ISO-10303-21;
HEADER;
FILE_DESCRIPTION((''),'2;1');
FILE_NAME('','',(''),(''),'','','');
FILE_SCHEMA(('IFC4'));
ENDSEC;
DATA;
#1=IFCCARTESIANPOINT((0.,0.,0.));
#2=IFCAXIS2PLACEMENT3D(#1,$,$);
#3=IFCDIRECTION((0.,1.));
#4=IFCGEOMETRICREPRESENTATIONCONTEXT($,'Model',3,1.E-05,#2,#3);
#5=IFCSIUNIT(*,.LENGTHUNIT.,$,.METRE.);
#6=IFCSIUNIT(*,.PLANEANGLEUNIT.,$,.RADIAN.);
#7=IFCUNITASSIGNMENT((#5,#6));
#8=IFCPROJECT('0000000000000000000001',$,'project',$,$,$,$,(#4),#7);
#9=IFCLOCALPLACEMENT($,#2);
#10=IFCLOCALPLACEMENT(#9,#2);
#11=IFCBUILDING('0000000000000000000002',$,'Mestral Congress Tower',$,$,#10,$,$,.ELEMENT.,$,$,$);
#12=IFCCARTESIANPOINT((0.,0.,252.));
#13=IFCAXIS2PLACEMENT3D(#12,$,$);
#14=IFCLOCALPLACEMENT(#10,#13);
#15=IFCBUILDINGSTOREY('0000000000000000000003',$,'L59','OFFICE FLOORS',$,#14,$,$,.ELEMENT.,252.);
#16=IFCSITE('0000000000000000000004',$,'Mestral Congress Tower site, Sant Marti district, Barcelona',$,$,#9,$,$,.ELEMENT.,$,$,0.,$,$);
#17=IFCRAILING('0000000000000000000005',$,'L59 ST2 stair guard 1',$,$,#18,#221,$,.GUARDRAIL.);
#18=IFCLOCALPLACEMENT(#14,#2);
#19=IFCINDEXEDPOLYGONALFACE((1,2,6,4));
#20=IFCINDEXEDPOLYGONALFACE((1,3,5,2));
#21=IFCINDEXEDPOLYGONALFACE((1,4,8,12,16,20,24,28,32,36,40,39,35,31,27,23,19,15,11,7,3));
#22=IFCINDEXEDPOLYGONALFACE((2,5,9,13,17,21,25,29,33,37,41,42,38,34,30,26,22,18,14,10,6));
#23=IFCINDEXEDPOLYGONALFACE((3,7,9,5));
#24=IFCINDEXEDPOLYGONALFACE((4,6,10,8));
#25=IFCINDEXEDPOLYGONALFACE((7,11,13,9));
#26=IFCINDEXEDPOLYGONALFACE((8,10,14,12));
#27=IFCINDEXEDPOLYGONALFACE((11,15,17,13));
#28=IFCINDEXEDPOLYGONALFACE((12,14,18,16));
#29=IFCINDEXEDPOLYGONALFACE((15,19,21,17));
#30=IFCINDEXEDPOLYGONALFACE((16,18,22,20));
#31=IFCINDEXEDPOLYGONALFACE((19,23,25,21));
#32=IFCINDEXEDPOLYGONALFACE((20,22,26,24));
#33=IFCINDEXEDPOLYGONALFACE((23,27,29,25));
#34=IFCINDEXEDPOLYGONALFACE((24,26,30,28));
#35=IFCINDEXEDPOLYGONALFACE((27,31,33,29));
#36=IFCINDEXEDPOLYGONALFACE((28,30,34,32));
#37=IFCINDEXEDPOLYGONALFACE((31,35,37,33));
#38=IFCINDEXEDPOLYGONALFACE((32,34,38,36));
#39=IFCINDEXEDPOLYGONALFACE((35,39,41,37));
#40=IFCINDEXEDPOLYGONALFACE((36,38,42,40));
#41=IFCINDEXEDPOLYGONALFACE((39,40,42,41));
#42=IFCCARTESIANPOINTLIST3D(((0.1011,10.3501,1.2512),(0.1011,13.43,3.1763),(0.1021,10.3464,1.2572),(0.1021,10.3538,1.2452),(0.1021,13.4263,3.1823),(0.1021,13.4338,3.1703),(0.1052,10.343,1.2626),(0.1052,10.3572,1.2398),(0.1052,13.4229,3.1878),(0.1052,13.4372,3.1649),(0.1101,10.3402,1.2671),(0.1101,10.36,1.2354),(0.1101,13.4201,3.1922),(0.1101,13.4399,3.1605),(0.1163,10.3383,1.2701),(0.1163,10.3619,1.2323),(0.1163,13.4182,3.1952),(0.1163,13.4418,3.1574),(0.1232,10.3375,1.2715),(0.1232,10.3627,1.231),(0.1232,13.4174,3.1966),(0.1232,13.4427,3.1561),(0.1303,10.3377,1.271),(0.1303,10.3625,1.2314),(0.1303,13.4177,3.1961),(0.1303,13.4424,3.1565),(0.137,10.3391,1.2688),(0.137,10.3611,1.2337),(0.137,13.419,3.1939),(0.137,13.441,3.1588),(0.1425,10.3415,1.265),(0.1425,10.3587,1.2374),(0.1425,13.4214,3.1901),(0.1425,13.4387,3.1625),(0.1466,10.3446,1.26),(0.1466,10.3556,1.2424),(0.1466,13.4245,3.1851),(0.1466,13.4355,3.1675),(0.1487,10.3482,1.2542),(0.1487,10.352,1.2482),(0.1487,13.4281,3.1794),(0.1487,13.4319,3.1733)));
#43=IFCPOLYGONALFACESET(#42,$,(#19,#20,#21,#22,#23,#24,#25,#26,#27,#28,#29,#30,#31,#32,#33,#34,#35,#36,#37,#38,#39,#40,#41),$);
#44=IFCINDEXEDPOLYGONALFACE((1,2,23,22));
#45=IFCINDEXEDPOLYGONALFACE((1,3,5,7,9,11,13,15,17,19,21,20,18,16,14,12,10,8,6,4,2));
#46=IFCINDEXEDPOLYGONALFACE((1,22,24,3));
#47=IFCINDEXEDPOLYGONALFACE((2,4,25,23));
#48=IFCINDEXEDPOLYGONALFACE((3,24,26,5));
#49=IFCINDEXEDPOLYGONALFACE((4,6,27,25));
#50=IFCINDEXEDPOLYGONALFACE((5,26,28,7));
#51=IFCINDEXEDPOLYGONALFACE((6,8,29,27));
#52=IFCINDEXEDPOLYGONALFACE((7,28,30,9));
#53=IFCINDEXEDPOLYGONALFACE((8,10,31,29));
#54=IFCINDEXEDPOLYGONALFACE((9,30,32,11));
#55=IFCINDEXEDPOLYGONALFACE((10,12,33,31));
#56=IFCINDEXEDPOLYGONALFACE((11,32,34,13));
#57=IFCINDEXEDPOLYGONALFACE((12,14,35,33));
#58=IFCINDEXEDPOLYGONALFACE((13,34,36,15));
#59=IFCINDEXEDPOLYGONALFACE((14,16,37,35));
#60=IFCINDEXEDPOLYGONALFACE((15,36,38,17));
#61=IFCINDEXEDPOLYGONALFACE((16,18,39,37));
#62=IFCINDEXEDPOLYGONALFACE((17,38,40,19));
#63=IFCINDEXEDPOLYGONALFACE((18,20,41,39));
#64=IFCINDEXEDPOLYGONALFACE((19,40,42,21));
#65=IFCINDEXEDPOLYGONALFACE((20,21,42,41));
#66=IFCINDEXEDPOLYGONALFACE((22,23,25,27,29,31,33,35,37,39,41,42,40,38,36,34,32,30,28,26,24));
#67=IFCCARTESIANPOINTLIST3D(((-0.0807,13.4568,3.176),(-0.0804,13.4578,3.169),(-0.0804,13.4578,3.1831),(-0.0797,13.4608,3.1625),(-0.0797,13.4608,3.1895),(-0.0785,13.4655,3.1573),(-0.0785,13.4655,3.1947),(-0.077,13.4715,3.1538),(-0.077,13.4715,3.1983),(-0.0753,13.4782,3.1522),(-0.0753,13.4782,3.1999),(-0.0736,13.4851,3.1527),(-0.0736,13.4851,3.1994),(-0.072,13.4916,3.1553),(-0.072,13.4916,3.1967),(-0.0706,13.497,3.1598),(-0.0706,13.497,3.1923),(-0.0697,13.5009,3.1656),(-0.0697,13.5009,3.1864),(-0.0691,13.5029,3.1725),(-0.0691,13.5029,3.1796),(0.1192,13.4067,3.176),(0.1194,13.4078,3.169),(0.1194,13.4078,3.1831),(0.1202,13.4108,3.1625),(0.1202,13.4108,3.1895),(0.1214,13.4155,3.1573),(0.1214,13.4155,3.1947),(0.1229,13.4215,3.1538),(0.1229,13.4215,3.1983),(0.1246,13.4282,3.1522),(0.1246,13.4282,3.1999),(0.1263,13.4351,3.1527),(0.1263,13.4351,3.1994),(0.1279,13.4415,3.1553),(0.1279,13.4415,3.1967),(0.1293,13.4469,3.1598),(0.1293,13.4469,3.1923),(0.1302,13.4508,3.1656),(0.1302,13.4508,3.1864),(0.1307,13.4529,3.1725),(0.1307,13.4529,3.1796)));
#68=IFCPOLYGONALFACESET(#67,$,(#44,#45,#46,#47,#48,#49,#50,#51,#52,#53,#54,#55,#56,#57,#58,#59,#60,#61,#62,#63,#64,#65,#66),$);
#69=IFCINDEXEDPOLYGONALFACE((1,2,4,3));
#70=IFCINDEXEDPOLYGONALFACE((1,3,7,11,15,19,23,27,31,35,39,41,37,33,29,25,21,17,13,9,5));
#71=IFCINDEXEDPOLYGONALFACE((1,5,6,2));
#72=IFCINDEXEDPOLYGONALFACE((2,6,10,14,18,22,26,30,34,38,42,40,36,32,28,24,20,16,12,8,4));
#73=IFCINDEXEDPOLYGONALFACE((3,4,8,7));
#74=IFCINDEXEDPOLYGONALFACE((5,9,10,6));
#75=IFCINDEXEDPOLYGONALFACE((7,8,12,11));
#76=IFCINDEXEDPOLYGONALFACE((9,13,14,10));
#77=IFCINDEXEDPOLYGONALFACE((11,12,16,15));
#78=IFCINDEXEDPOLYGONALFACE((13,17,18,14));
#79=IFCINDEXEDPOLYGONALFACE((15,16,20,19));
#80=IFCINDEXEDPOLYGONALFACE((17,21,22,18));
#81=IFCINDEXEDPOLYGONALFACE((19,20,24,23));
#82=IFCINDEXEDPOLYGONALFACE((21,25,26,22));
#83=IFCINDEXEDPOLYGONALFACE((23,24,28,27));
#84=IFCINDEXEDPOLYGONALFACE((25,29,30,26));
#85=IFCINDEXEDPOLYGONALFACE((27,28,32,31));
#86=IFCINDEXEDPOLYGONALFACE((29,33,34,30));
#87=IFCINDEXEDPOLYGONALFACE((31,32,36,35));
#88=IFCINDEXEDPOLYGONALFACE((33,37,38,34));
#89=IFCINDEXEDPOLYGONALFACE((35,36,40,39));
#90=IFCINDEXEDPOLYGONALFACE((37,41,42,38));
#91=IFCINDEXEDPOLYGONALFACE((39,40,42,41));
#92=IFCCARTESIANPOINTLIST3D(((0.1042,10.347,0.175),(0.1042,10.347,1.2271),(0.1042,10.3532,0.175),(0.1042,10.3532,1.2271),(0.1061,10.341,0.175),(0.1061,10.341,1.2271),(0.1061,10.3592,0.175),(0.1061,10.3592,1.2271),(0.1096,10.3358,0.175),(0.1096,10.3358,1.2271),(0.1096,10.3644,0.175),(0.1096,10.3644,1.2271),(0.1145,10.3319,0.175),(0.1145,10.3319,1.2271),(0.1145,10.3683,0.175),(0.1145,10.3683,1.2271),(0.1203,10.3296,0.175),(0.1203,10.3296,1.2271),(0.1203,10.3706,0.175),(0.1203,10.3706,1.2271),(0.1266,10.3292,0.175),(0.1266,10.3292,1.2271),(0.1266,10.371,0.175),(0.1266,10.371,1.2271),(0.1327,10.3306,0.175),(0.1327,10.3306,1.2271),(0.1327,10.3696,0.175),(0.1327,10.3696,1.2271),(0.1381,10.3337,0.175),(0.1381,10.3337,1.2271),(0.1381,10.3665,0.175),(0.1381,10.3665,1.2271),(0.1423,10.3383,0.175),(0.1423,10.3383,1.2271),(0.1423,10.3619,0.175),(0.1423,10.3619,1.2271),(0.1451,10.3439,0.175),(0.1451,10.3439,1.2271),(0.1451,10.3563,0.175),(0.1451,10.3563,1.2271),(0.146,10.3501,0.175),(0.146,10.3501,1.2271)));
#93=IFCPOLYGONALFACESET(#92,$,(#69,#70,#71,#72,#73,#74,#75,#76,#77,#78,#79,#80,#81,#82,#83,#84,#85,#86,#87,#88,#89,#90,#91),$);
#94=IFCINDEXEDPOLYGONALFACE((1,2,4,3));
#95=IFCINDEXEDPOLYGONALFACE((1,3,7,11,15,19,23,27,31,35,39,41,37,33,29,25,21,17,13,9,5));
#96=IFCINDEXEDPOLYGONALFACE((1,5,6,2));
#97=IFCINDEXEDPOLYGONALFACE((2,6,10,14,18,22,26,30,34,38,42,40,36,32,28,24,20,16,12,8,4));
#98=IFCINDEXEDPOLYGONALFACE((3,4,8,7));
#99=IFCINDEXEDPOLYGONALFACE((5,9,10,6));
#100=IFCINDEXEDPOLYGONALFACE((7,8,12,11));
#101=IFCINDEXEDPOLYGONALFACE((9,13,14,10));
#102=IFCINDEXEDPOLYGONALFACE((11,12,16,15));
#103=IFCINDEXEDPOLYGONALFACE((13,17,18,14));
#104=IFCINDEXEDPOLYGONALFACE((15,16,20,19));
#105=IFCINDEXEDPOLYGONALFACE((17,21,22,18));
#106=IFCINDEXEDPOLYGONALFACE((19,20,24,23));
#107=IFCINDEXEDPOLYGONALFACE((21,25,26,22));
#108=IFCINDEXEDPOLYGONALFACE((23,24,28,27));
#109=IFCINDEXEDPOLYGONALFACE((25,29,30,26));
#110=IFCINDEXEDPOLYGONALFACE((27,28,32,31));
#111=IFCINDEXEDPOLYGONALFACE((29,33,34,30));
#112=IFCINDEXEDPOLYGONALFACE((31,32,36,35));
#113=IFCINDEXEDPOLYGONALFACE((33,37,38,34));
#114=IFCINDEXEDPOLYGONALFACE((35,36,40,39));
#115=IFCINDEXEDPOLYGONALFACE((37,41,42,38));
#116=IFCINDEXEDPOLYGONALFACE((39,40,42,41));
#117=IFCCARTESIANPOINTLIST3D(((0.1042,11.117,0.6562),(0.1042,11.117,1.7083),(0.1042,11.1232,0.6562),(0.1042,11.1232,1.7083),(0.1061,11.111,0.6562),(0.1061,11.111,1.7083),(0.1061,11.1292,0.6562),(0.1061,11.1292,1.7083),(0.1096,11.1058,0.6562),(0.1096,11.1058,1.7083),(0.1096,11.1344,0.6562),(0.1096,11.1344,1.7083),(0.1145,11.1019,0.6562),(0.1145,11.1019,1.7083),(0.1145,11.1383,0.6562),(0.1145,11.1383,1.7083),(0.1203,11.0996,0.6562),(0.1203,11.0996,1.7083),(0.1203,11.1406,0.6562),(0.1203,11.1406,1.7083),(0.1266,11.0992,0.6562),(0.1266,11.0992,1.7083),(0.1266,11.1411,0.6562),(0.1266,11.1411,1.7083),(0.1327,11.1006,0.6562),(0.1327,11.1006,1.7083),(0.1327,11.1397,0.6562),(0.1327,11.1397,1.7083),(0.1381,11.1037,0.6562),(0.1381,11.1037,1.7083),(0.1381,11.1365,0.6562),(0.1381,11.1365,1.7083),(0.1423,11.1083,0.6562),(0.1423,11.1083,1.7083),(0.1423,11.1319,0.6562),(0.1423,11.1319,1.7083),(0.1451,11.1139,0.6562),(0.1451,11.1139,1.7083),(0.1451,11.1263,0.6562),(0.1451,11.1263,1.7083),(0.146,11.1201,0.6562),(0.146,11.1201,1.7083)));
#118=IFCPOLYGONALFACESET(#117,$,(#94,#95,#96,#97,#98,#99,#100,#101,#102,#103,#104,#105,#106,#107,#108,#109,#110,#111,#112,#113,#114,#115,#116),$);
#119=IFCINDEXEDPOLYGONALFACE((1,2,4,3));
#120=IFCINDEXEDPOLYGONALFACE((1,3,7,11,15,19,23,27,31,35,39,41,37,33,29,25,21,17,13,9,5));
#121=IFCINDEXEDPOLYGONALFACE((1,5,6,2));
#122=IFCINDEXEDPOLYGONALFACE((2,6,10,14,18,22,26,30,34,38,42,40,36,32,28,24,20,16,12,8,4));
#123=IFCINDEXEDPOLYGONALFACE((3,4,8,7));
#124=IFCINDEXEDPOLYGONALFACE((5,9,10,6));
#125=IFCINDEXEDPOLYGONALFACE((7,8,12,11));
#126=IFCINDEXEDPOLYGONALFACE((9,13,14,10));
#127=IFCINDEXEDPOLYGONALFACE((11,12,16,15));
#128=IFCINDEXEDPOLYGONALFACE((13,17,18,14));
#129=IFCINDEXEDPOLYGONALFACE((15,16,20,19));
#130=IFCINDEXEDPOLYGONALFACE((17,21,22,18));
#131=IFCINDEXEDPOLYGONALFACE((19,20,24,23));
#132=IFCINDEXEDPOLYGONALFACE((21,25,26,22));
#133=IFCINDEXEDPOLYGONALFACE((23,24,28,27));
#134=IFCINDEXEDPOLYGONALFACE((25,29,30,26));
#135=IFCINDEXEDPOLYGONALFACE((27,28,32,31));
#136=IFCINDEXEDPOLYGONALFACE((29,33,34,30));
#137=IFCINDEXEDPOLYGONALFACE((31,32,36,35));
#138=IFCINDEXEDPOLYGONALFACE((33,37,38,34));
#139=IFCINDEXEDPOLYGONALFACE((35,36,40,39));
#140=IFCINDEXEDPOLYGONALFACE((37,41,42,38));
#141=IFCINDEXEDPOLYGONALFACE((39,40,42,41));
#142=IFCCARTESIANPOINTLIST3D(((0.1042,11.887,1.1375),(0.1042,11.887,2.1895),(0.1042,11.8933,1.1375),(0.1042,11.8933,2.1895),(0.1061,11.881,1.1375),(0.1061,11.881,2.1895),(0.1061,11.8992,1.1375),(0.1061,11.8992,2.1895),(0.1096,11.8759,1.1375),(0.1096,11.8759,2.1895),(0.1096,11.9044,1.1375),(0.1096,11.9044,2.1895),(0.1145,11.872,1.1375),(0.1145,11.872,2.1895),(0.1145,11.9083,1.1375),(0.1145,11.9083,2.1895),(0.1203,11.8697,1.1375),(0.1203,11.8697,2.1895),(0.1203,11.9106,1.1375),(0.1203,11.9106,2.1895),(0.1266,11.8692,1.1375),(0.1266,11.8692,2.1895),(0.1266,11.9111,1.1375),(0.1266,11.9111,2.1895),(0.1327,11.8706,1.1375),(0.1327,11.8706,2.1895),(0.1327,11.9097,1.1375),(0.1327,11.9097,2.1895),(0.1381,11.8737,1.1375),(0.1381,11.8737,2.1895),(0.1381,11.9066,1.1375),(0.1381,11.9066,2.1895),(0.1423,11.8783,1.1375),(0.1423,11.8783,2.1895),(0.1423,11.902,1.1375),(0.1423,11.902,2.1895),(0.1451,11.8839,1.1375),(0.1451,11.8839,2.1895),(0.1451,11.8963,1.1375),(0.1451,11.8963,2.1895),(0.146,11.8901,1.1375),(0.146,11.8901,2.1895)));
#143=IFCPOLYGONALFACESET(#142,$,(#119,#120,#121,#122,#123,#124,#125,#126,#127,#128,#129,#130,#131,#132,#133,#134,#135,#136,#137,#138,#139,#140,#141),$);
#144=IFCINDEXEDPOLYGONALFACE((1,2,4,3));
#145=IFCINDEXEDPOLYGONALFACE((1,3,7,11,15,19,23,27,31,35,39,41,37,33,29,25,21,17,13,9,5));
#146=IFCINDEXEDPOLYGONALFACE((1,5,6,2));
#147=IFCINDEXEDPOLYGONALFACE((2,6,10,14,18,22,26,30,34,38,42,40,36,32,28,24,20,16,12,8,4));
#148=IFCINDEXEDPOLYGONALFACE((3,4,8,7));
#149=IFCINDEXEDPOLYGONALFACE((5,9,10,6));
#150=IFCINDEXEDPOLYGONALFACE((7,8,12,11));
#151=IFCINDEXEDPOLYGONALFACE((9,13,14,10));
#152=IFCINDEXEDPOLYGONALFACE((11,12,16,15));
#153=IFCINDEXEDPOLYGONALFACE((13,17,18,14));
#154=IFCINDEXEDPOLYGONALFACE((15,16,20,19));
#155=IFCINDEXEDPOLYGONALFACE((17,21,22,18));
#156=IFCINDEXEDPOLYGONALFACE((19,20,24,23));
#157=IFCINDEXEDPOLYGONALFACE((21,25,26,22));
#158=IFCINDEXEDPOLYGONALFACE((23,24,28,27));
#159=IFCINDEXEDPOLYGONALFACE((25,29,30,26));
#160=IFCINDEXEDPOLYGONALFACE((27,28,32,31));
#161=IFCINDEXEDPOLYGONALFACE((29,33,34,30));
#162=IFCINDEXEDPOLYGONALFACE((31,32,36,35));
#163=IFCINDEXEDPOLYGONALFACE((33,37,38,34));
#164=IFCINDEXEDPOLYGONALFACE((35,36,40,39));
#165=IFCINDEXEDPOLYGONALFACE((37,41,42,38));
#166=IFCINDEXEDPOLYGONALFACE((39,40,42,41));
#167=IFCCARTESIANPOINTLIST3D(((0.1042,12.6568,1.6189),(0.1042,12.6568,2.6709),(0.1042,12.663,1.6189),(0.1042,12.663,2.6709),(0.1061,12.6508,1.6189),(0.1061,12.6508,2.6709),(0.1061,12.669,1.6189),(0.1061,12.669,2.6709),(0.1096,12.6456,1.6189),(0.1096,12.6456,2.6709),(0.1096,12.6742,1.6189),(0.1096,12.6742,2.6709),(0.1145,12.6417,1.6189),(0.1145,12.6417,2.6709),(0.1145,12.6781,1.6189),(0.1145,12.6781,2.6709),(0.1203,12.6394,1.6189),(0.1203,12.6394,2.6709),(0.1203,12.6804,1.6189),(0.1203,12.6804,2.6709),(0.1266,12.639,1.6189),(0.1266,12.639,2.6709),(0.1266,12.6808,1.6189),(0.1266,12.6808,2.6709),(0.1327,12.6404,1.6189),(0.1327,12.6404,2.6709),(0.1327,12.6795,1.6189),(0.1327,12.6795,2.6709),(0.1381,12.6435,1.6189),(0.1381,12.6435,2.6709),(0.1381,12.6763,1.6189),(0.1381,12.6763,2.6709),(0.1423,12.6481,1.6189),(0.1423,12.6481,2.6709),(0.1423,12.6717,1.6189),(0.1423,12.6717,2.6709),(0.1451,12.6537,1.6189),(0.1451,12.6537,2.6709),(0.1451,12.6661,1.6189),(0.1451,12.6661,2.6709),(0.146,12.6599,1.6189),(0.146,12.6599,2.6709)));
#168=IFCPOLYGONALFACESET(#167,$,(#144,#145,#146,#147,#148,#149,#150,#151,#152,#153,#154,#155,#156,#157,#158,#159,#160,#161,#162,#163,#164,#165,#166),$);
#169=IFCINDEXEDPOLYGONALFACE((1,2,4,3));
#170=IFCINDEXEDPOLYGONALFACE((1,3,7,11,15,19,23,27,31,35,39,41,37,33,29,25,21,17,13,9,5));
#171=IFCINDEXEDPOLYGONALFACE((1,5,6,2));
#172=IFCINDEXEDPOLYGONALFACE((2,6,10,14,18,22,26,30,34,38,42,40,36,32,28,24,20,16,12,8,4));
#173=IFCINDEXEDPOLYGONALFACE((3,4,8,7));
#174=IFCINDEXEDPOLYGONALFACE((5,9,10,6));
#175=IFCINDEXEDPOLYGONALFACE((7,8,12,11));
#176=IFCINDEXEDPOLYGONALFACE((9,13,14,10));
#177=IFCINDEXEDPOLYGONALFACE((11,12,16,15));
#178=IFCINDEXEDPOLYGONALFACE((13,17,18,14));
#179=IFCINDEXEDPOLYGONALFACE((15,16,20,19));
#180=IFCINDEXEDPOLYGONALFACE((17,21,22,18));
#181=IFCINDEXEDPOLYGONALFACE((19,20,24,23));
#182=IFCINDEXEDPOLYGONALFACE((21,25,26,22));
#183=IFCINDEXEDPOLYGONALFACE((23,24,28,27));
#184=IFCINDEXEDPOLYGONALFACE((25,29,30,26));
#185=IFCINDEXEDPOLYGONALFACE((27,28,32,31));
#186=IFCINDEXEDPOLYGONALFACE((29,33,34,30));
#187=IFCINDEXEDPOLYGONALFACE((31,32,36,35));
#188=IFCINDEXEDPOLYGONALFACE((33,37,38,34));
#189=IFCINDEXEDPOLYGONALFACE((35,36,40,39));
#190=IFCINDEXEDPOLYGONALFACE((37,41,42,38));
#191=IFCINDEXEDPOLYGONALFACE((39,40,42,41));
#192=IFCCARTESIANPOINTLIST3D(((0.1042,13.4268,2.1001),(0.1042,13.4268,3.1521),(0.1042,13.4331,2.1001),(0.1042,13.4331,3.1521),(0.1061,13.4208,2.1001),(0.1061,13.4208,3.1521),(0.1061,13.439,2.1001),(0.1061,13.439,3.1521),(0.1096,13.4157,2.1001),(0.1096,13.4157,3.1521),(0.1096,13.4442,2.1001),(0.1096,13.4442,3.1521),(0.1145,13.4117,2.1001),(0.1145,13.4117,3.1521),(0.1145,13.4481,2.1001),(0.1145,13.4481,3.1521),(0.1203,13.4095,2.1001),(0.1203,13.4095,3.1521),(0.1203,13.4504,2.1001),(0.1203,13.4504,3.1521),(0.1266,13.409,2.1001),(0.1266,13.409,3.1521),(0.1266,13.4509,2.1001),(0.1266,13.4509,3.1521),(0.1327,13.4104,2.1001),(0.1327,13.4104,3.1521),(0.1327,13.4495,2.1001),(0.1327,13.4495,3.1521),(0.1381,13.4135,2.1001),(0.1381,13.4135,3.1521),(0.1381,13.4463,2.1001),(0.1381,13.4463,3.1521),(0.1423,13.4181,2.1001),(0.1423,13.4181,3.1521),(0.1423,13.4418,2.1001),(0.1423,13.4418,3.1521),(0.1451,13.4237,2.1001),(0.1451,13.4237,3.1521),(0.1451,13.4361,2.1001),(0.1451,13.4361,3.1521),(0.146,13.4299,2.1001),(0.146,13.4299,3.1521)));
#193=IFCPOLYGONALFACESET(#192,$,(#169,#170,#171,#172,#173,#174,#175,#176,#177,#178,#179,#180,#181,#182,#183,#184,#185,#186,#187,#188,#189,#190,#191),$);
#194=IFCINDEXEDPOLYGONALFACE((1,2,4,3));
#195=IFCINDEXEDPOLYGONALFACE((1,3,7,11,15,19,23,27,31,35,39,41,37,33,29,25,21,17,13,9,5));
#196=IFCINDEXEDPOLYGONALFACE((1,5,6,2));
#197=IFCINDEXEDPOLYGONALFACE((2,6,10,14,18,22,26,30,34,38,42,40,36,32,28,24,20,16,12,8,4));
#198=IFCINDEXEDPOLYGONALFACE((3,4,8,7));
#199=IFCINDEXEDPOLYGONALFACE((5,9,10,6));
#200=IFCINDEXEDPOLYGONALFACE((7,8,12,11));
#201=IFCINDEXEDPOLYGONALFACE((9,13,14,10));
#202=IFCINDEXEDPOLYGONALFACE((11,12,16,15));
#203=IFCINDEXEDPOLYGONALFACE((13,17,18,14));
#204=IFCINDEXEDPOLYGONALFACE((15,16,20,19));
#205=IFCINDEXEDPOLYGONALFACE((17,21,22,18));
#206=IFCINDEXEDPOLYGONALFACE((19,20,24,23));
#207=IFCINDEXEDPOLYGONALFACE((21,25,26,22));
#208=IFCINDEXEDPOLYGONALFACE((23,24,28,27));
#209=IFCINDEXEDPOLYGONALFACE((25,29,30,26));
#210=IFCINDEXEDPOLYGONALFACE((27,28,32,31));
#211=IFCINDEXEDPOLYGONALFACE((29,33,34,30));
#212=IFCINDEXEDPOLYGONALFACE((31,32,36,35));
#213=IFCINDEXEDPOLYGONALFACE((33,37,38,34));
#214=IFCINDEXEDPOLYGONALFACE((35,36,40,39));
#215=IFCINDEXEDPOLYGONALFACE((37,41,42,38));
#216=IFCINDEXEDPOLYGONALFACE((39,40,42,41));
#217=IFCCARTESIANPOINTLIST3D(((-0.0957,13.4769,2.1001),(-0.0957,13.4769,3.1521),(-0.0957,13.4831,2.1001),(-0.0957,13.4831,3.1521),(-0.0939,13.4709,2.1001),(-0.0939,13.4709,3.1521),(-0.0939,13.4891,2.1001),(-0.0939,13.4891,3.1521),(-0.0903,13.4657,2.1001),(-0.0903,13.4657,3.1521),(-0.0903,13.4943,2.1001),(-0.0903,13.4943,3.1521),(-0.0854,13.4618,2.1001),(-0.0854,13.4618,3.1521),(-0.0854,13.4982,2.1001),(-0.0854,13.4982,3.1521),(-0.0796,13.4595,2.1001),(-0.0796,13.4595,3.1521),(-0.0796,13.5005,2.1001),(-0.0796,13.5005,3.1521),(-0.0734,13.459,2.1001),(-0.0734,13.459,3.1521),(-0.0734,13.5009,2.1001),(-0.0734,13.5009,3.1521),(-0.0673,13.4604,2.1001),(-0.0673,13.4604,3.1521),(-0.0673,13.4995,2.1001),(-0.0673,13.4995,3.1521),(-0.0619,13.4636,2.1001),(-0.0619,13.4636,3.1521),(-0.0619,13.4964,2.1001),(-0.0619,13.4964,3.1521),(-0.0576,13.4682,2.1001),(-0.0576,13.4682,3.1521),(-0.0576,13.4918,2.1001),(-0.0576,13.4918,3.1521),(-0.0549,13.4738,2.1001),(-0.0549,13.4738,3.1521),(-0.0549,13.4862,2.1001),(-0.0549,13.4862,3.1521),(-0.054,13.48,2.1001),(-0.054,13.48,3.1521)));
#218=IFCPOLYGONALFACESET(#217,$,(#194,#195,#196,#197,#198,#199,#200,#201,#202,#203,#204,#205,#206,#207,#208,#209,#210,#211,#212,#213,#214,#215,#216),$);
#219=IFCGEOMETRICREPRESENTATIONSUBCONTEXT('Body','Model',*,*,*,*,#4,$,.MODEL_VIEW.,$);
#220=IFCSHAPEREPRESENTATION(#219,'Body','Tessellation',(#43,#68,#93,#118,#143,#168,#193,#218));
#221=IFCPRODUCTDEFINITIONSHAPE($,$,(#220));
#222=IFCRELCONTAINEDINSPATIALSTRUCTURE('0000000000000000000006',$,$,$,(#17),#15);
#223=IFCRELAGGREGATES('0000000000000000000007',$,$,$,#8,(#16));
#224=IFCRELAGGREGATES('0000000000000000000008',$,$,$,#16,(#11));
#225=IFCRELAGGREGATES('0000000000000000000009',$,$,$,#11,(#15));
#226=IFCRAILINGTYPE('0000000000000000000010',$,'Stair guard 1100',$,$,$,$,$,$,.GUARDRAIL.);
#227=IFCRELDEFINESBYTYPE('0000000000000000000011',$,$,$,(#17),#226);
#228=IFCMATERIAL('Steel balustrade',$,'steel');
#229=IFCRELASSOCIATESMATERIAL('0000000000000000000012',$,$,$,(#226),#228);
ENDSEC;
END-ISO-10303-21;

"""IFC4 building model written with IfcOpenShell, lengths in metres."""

from ifc_helpers import new_model, si_unit, direction, frame, origin, origin_2d, place, context, subcontext, project, spatial, circle, extrude, material, type_object, element, save


model = new_model("IFC4")

# Units and contexts
model_context = context("Model", 3, precision=1e-05, world=origin(), true_north=direction((0.0, 1.0)))
body_context = subcontext(model_context, "Body", "Model", "MODEL_VIEW")
ifc_project = project(units=[si_unit("LENGTHUNIT", "METRE"), si_unit("PLANEANGLEUNIT", "RADIAN")], contexts=[model_context])

# Site, building, storey
site_placement = place(None, origin())
site = spatial("IfcSite", under=ifc_project, at=site_placement, Name="Mestral Congress Tower site, Sant Marti district, Barcelona", CompositionType="ELEMENT", RefElevation=0.0)
building_placement = place(site_placement, origin())
building = spatial("IfcBuilding", under=site, at=building_placement, Name="Mestral Congress Tower", CompositionType="ELEMENT")
storey_placement = place(building_placement, frame((0.0, 0.0, 252.0)))
storey = spatial("IfcBuildingStorey", under=building, at=storey_placement, Name="L59", Description="OFFICE FLOORS", CompositionType="ELEMENT", Elevation=252.0)

# Railing
ifc_material_1 = material(Name="Steel balustrade", Category="steel")
railing_type_1 = type_object("IfcRailingType", Name="Stair guard 1100", PredefinedType="GUARDRAIL", material=ifc_material_1)
railing_1_placement = place(storey_placement, frame((0.125, 10.3501, 0.175)))
element("IfcRailing", 1, at=railing_1_placement, inside=storey, type_object=railing_type_1, Name="L59 ST2 stair guard 1", PredefinedType="GUARDRAIL", context=body_context, shape_type="SweptSolid", body=[
    extrude(circle(Radius=0.0239, at=origin_2d()), frame((0.0, 0.0, 1.0762), z_axis=(0.0, 0.847979, 0.530029), x_axis=(-1.0, 0.0, 0.0)), (0.0, 0.0, 1.0), 3.6321),
    extrude(circle(Radius=0.0239, at=origin_2d()), frame((0.0, 3.0798, 3.001), z_axis=(-0.970073, 0.242814, 0.0), x_axis=(-0.242814, -0.970073, 0.0)), (0.0, 0.0, 1.0), 0.2061),
    extrude(circle(Radius=0.021, at=origin_2d()), origin(), (0.0, 0.0, 1.0), 1.052),
    extrude(circle(Radius=0.021, at=origin_2d()), frame((0.0, 0.77, 0.4812)), (0.0, 0.0, 1.0), 1.052),
    extrude(circle(Radius=0.021, at=origin_2d()), frame((0.0, 1.54, 0.9624)), (0.0, 0.0, 1.0), 1.052),
    extrude(circle(Radius=0.021, at=origin_2d()), frame((0.0, 2.3098, 1.4438)), (0.0, 0.0, 1.0), 1.052),
    extrude(circle(Radius=0.021, at=origin_2d()), frame((0.0, 3.0798, 1.925)), (0.0, 0.0, 1.0), 1.052),
    extrude(circle(Radius=0.021, at=origin_2d()), frame((-0.2, 3.1299, 1.925)), (0.0, 0.0, 1.0), 1.052),
])

save(model, "model.ifc")
